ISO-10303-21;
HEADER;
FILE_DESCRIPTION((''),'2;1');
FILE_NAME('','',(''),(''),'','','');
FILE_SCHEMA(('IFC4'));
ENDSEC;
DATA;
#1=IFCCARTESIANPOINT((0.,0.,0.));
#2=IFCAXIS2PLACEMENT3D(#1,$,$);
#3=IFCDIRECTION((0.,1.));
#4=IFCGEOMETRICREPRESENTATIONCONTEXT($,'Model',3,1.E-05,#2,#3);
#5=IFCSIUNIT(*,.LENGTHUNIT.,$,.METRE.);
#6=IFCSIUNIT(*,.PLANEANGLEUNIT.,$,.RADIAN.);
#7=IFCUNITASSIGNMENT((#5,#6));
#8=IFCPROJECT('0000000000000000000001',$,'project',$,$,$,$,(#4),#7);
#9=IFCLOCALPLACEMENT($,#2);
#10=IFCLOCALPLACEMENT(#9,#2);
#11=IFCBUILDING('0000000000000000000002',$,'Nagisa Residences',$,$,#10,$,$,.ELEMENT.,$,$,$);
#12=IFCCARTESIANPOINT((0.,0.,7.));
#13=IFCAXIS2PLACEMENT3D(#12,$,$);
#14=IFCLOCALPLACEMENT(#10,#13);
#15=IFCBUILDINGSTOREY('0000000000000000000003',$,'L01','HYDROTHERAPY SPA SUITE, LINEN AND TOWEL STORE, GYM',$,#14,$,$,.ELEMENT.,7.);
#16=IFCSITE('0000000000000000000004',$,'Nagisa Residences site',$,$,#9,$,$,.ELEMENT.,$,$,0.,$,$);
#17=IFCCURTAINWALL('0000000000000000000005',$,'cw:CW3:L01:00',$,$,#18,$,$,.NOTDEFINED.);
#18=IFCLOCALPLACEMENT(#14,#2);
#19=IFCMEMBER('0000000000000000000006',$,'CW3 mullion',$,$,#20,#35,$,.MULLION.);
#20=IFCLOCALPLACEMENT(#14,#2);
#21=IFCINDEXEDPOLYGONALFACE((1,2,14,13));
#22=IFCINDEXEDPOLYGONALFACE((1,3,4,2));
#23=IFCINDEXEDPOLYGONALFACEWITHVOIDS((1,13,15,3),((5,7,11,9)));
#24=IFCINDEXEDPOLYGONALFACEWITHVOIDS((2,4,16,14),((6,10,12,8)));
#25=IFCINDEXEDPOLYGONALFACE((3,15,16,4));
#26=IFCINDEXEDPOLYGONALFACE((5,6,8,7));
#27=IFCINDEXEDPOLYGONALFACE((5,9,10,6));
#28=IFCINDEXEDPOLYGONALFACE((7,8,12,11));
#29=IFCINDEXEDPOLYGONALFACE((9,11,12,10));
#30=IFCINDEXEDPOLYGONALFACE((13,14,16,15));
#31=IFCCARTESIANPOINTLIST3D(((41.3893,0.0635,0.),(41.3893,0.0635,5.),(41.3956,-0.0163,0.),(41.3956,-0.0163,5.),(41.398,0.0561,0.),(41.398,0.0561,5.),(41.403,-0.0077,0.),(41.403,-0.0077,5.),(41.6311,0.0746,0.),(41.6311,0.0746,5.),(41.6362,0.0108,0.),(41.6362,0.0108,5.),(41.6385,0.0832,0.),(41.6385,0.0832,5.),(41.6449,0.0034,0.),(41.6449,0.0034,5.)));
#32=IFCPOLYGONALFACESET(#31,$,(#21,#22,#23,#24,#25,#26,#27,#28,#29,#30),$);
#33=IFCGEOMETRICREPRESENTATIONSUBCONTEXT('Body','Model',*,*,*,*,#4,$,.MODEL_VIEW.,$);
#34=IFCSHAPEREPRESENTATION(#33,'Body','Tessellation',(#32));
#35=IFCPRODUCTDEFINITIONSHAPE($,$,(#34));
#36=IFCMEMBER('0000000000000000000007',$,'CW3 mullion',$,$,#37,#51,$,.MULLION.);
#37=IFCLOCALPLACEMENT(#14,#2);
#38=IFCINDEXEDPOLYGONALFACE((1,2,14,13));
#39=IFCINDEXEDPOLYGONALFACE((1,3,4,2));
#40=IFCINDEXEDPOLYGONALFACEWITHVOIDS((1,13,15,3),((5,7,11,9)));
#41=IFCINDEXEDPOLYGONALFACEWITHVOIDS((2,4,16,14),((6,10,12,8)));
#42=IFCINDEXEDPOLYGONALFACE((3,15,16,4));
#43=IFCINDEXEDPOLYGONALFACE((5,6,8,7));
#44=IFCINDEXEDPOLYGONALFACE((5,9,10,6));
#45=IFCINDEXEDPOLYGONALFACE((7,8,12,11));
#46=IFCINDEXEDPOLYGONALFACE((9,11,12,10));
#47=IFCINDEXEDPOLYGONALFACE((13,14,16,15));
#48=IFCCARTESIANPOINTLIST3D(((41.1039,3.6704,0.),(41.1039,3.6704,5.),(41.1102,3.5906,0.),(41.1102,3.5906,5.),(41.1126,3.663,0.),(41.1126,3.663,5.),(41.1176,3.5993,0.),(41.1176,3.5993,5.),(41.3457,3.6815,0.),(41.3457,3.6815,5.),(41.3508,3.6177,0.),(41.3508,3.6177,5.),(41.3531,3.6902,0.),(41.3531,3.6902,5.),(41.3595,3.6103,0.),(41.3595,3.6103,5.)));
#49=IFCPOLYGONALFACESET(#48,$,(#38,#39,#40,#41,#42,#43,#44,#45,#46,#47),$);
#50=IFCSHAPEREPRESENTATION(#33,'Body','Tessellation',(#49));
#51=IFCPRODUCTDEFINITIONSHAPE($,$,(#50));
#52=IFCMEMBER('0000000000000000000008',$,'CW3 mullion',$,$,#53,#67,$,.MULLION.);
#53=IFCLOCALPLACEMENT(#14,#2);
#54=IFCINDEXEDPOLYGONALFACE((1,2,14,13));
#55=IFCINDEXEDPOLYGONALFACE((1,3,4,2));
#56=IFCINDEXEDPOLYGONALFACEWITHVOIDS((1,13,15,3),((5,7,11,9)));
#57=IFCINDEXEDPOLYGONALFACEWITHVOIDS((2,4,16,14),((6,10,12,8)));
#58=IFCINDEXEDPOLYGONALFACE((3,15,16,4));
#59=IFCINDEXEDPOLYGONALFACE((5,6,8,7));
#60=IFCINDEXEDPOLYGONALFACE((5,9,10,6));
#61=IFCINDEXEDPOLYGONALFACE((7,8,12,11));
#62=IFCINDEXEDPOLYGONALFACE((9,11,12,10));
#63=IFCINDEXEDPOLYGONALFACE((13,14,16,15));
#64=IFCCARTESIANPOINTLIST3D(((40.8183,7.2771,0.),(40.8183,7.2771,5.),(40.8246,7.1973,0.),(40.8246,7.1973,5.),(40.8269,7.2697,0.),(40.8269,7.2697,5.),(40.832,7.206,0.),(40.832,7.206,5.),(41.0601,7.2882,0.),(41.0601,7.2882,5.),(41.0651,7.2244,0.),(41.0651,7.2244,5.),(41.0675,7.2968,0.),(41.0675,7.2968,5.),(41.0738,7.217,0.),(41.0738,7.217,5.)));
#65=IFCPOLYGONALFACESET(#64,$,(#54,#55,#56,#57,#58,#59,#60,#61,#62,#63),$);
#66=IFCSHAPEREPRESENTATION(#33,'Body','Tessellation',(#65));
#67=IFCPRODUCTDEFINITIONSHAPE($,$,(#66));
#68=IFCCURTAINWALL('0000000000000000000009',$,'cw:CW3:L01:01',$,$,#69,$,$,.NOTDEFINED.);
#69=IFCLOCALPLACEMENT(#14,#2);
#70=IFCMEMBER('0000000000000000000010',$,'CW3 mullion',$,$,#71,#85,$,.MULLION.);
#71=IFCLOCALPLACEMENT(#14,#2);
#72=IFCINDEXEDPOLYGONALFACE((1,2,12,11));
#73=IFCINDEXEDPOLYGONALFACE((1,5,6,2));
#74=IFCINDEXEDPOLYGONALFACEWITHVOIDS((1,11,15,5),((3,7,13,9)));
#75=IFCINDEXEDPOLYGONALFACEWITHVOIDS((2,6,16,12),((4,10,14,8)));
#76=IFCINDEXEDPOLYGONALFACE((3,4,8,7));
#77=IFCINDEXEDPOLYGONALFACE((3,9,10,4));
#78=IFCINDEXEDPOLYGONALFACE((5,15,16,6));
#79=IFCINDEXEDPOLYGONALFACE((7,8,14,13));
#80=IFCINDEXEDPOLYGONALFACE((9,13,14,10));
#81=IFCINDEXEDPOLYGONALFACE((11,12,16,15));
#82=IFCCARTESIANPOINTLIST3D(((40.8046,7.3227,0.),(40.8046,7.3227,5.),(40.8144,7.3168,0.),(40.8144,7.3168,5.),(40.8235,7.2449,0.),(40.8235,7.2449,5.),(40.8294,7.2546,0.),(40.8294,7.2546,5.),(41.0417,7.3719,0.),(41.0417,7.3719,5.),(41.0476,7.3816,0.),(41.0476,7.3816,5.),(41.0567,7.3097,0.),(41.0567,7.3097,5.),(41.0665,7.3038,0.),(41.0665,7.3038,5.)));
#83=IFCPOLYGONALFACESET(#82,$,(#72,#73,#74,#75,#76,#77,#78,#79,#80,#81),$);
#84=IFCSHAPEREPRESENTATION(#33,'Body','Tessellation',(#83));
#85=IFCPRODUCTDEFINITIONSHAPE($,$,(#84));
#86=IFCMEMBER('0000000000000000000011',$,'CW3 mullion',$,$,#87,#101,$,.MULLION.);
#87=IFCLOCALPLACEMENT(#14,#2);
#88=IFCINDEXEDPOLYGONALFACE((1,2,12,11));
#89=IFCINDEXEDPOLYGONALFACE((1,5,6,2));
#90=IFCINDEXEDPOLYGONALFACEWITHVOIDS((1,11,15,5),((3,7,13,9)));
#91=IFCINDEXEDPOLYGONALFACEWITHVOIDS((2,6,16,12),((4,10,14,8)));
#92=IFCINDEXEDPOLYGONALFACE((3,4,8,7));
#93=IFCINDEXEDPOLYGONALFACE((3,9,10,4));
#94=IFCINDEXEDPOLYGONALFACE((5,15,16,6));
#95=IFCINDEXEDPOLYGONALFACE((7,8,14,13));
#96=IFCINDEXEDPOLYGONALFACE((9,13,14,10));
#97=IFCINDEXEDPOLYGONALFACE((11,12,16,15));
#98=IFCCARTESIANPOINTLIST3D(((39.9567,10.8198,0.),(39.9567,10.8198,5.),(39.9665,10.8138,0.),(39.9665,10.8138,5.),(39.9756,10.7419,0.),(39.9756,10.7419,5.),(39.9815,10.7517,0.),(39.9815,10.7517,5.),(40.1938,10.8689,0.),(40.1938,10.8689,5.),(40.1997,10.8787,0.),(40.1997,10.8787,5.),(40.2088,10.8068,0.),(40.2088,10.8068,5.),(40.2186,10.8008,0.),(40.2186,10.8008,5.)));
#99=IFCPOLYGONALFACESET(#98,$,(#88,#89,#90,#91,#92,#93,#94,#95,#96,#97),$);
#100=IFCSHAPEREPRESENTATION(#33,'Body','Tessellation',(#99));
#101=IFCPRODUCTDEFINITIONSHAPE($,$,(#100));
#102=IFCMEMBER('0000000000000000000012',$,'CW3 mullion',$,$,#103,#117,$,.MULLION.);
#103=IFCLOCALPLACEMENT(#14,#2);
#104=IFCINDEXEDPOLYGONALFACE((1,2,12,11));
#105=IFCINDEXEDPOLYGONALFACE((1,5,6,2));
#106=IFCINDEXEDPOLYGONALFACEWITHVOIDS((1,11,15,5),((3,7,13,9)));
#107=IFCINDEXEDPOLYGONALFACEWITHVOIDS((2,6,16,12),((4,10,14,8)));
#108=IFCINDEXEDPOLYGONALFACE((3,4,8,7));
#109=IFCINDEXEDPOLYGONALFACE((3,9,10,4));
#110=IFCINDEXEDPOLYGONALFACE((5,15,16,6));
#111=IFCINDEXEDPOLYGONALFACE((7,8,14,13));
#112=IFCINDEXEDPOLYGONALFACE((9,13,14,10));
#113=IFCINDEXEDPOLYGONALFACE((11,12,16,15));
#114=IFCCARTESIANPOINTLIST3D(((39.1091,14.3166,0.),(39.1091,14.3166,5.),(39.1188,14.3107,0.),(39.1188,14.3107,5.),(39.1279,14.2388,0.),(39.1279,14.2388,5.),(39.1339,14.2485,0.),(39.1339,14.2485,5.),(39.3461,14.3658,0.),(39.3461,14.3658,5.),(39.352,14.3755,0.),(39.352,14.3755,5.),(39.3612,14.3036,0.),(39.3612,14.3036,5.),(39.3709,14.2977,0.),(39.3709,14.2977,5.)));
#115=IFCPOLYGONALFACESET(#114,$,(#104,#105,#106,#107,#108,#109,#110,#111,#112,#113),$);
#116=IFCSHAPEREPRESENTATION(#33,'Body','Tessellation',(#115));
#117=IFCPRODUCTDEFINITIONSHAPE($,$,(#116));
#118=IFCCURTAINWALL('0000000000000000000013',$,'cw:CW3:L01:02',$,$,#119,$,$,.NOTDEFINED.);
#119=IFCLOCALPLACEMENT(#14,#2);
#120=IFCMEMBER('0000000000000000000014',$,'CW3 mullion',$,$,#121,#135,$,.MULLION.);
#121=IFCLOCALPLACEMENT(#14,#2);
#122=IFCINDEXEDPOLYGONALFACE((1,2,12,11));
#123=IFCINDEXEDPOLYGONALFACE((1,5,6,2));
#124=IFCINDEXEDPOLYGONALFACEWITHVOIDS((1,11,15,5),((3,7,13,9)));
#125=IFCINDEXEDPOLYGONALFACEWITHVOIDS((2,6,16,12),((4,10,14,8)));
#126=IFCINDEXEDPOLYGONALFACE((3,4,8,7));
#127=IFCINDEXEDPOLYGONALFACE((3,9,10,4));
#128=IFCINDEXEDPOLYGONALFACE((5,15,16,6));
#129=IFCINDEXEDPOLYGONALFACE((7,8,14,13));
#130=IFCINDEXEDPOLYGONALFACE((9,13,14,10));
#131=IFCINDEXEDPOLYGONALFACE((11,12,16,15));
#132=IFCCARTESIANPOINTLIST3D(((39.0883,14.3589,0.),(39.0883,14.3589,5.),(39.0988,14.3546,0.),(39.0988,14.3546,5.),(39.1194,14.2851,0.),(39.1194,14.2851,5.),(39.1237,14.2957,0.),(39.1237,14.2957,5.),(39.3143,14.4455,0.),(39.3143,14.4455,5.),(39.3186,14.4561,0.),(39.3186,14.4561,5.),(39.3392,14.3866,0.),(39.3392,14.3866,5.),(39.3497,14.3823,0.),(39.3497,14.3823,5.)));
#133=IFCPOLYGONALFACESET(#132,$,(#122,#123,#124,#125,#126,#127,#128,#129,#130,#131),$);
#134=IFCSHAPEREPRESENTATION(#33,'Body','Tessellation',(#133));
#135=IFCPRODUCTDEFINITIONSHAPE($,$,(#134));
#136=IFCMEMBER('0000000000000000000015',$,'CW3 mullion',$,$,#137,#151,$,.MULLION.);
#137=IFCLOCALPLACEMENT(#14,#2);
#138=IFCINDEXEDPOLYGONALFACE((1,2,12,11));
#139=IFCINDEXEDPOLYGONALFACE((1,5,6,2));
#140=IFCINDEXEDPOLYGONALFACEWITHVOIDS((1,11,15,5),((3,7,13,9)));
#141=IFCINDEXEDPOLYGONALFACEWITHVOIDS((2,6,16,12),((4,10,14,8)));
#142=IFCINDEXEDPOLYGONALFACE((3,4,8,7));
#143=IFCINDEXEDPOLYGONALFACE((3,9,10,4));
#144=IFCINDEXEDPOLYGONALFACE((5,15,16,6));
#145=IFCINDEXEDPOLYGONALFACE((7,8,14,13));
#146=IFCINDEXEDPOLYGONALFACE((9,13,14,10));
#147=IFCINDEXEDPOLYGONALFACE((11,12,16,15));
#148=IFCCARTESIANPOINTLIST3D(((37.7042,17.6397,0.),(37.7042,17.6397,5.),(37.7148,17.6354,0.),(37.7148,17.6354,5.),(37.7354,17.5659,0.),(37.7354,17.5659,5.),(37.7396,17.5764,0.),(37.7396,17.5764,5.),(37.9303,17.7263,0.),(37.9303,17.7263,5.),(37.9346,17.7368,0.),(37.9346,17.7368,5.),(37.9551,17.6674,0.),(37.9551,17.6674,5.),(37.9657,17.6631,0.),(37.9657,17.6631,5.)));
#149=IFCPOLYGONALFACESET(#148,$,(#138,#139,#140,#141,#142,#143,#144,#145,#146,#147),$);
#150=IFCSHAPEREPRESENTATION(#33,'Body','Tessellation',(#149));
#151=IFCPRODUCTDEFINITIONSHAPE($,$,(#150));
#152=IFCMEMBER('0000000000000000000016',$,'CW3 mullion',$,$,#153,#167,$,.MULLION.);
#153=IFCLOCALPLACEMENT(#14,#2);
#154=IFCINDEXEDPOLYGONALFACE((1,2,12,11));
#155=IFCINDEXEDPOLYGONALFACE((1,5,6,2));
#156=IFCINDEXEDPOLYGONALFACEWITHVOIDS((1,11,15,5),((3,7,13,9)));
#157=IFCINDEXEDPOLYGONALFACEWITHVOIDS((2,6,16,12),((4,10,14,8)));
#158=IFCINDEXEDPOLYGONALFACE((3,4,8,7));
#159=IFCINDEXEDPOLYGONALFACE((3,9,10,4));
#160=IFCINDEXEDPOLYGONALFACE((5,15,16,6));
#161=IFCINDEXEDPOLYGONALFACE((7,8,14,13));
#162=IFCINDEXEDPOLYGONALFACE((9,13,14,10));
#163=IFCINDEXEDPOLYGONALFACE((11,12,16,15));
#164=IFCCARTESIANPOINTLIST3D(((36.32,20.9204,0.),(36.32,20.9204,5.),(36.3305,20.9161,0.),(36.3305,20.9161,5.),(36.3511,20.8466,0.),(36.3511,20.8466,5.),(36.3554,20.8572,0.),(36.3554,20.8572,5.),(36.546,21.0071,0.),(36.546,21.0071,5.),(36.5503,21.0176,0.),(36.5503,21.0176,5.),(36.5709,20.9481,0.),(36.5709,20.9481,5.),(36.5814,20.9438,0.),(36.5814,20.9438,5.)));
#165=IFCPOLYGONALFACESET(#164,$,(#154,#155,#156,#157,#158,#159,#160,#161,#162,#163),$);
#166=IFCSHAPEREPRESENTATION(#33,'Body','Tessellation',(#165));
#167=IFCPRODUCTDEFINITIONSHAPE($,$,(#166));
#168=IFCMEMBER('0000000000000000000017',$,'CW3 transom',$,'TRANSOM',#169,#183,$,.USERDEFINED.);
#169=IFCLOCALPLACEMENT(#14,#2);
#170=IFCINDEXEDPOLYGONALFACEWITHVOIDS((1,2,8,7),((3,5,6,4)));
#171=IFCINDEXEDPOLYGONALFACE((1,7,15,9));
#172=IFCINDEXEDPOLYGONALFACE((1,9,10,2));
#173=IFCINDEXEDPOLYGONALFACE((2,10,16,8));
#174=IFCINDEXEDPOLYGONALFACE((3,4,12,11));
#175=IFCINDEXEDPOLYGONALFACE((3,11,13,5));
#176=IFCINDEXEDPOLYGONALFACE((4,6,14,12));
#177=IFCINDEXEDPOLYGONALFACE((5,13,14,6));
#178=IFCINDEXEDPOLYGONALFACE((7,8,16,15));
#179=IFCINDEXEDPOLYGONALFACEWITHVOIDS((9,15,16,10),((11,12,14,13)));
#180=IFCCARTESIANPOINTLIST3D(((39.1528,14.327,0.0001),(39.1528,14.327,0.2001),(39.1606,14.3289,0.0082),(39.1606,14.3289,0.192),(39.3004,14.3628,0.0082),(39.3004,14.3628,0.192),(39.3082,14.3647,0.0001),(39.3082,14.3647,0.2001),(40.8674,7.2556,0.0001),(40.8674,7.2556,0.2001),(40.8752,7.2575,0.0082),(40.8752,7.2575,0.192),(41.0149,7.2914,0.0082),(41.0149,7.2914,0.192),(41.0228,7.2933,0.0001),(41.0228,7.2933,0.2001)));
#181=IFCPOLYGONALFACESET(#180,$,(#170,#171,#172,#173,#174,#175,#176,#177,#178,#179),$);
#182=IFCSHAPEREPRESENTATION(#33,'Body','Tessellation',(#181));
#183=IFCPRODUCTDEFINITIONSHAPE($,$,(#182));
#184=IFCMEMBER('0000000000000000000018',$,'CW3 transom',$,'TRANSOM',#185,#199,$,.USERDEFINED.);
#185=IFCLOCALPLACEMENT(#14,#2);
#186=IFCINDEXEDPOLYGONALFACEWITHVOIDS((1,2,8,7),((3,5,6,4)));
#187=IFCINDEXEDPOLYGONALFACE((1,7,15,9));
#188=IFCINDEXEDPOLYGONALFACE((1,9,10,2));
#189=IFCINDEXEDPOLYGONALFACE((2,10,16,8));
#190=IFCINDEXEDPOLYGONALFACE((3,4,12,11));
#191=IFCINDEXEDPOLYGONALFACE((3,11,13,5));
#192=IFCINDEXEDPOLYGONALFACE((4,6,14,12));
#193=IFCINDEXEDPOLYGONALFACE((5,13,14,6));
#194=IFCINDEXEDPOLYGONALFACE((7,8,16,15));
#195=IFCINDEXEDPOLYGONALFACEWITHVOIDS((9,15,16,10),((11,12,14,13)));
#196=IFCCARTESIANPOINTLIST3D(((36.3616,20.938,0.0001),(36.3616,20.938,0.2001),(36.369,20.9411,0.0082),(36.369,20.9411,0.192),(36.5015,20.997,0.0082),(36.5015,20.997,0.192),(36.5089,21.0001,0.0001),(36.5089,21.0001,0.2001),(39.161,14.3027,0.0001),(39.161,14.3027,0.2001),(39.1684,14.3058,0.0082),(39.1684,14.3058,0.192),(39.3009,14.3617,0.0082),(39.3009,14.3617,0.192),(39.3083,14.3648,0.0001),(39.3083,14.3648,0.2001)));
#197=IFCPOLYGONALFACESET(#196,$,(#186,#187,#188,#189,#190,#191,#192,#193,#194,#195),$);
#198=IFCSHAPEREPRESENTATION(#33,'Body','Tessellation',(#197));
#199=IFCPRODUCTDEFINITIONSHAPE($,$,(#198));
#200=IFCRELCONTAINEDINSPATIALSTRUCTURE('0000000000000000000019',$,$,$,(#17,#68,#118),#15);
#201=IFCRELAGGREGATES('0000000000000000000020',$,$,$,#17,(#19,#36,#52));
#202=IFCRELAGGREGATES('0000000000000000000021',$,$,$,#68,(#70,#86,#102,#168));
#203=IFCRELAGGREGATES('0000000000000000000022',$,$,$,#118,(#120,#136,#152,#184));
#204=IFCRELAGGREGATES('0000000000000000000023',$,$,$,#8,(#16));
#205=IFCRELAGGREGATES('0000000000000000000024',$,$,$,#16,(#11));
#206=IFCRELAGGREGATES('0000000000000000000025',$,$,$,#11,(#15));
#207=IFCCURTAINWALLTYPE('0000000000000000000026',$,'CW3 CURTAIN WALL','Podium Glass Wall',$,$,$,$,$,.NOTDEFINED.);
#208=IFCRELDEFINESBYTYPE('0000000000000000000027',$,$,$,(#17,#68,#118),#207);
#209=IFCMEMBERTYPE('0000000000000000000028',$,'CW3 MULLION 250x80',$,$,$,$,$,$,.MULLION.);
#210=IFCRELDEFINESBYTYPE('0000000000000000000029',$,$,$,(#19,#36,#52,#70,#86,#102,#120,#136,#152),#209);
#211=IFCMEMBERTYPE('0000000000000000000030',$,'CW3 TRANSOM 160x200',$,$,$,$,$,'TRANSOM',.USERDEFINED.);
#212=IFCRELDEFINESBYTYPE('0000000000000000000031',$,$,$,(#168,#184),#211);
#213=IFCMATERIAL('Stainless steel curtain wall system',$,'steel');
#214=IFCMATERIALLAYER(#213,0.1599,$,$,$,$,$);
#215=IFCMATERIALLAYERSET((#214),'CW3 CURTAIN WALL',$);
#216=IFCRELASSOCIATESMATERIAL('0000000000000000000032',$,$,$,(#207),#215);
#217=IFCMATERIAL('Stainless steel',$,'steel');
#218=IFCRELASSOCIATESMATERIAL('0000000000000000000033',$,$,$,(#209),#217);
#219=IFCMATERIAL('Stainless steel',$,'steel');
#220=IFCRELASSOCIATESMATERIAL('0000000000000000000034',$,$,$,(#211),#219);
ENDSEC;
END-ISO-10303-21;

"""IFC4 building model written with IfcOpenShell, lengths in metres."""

from ifc_helpers import new_model, si_unit, direction, frame, origin, origin_2d, place, context, subcontext, project, spatial, hollow_rectangle, extrude, material, layer, layer_set, material_profile, profile_set, type_object, element, aggregate, save


model = new_model("IFC4")

# Units and contexts
model_context = context("Model", 3, precision=1e-05, world=origin(), true_north=direction((0.0, 1.0)))
body_context = subcontext(model_context, "Body", "Model", "MODEL_VIEW")
ifc_project = project(units=[si_unit("LENGTHUNIT", "METRE"), si_unit("PLANEANGLEUNIT", "RADIAN")], contexts=[model_context])

# Site, building, storey
site_placement = place(None, origin())
site = spatial("IfcSite", under=ifc_project, at=site_placement, Name="Nagisa Residences site", CompositionType="ELEMENT", RefElevation=0.0)
building_placement = place(site_placement, origin())
building = spatial("IfcBuilding", under=site, at=building_placement, Name="Nagisa Residences", CompositionType="ELEMENT")
storey_placement = place(building_placement, frame((0.0, 0.0, 7.0)))
storey = spatial("IfcBuildingStorey", under=building, at=storey_placement, Name="L01", Description="HYDROTHERAPY SPA SUITE, LINEN AND TOWEL STORE, GYM", CompositionType="ELEMENT", Elevation=7.0)

# Curtain walls, members
ifc_material_1 = material(Name="Stainless steel curtain wall system", Category="steel")
ifc_layer_1 = layer(ifc_material_1, 0.1599)
ifc_layer_set_1 = layer_set([ifc_layer_1], Name="CW3 CURTAIN WALL")
curtain_wall_type_1 = type_object("IfcCurtainWallType", Name="CW3 CURTAIN WALL", Description="Podium Glass Wall", PredefinedType="NOTDEFINED", material=ifc_layer_set_1)
curtain_wall_1_placement = place(storey_placement, origin())
curtain_wall_1 = element("IfcCurtainWall", 1, at=curtain_wall_1_placement, inside=storey, type_object=curtain_wall_type_1, Name="cw:CW3:L01:00", PredefinedType="NOTDEFINED")
ifc_material_2 = material(Name="Stainless steel", Category="steel")
ifc_material_profile_1 = material_profile(ifc_material_2, hollow_rectangle(XDim=0.25, YDim=0.0801, WallThickness=0.0081, at=origin_2d()), Name="CW3 MULLION 250x80")
ifc_profile_set_1 = profile_set([ifc_material_profile_1], Name="Stainless steel")
member_type_1 = type_object("IfcMemberType", Name="CW3 MULLION 250x80", PredefinedType="MULLION", material=ifc_profile_set_1)
member_1_placement = place(storey_placement, frame((41.5171, 0.0334, 0.0), z_axis=(0.0, 0.0, 1.0), x_axis=(-0.996882, -0.07891, 0.0)))
member_1 = element("IfcMember", 2, at=member_1_placement, type_object=member_type_1, Name="CW3 mullion", PredefinedType="MULLION", context=body_context, shape_type="SweptSolid", body=[
    extrude(hollow_rectangle(XDim=0.25, YDim=0.0801, WallThickness=0.0081, at=origin_2d()), origin(), (0.0, 0.0, 1.0), 5.0),
])
member_2_placement = place(storey_placement, frame((41.2317, 3.6404, 0.0), z_axis=(0.0, 0.0, 1.0), x_axis=(-0.996882, -0.07891, 0.0)))
member_2 = element("IfcMember", 3, at=member_2_placement, type_object=member_type_1, Name="CW3 mullion", PredefinedType="MULLION", context=body_context, shape_type="SweptSolid", body=[
    extrude(hollow_rectangle(XDim=0.25, YDim=0.0801, WallThickness=0.0081, at=origin_2d()), origin(), (0.0, 0.0, 1.0), 5.0),
])
member_3_placement = place(storey_placement, frame((40.946, 7.2471, 0.0), z_axis=(0.0, 0.0, 1.0), x_axis=(-0.996882, -0.07891, 0.0)))
member_3 = element("IfcMember", 4, at=member_3_placement, type_object=member_type_1, Name="CW3 mullion", PredefinedType="MULLION", context=body_context, shape_type="SweptSolid", body=[
    extrude(hollow_rectangle(XDim=0.25, YDim=0.0801, WallThickness=0.0081, at=origin_2d()), origin(), (0.0, 0.0, 1.0), 5.0),
])
curtain_wall_2_placement = place(storey_placement, origin())
curtain_wall_2 = element("IfcCurtainWall", 5, at=curtain_wall_2_placement, inside=storey, type_object=curtain_wall_type_1, Name="cw:CW3:L01:01", PredefinedType="NOTDEFINED")
member_4_placement = place(storey_placement, frame((40.9355, 7.3132, 0.0), z_axis=(0.0, 0.0, 1.0), x_axis=(-0.971849, -0.235606, 0.0)))
member_4 = element("IfcMember", 6, at=member_4_placement, type_object=member_type_1, Name="CW3 mullion", PredefinedType="MULLION", context=body_context, shape_type="SweptSolid", body=[
    extrude(hollow_rectangle(XDim=0.25, YDim=0.0801, WallThickness=0.0081, at=origin_2d()), origin(), (0.0, 0.0, 1.0), 5.0),
])
member_5_placement = place(storey_placement, frame((40.0876, 10.8103, 0.0), z_axis=(0.0, 0.0, 1.0), x_axis=(-0.971849, -0.235606, 0.0)))
member_5 = element("IfcMember", 7, at=member_5_placement, type_object=member_type_1, Name="CW3 mullion", PredefinedType="MULLION", context=body_context, shape_type="SweptSolid", body=[
    extrude(hollow_rectangle(XDim=0.25, YDim=0.0801, WallThickness=0.0081, at=origin_2d()), origin(), (0.0, 0.0, 1.0), 5.0),
])
member_6_placement = place(storey_placement, frame((39.24, 14.3071, 0.0), z_axis=(0.0, 0.0, 1.0), x_axis=(-0.971849, -0.235606, 0.0)))
member_6 = element("IfcMember", 8, at=member_6_placement, type_object=member_type_1, Name="CW3 mullion", PredefinedType="MULLION", context=body_context, shape_type="SweptSolid", body=[
    extrude(hollow_rectangle(XDim=0.25, YDim=0.0801, WallThickness=0.0081, at=origin_2d()), origin(), (0.0, 0.0, 1.0), 5.0),
])
curtain_wall_3_placement = place(storey_placement, origin())
curtain_wall_3 = element("IfcCurtainWall", 9, at=curtain_wall_3_placement, inside=storey, type_object=curtain_wall_type_1, Name="cw:CW3:L01:02", PredefinedType="NOTDEFINED")
member_7_placement = place(storey_placement, frame((39.219, 14.3706, 0.0), z_axis=(0.0, 0.0, 1.0), x_axis=(-0.921357, -0.388718, 0.0)))
member_7 = element("IfcMember", 10, at=member_7_placement, type_object=member_type_1, Name="CW3 mullion", PredefinedType="MULLION", context=body_context, shape_type="SweptSolid", body=[
    extrude(hollow_rectangle(XDim=0.25, YDim=0.0801, WallThickness=0.0081, at=origin_2d()), origin(), (0.0, 0.0, 1.0), 5.0),
])
member_8_placement = place(storey_placement, frame((37.835, 17.6514, 0.0), z_axis=(0.0, 0.0, 1.0), x_axis=(-0.921357, -0.388718, 0.0)))
member_8 = element("IfcMember", 11, at=member_8_placement, type_object=member_type_1, Name="CW3 mullion", PredefinedType="MULLION", context=body_context, shape_type="SweptSolid", body=[
    extrude(hollow_rectangle(XDim=0.25, YDim=0.0801, WallThickness=0.0081, at=origin_2d()), origin(), (0.0, 0.0, 1.0), 5.0),
])
member_9_placement = place(storey_placement, frame((36.4507, 20.9321, 0.0), z_axis=(0.0, 0.0, 1.0), x_axis=(-0.921357, -0.388718, 0.0)))
member_9 = element("IfcMember", 12, at=member_9_placement, type_object=member_type_1, Name="CW3 mullion", PredefinedType="MULLION", context=body_context, shape_type="SweptSolid", body=[
    extrude(hollow_rectangle(XDim=0.25, YDim=0.0801, WallThickness=0.0081, at=origin_2d()), origin(), (0.0, 0.0, 1.0), 5.0),
])

# Members
ifc_material_3 = material(Name="Stainless steel", Category="steel")
ifc_material_profile_2 = material_profile(ifc_material_3, hollow_rectangle(XDim=0.1599, YDim=0.2, WallThickness=0.0081, at=origin_2d()), Name="CW3 TRANSOM 160x200")
ifc_profile_set_2 = profile_set([ifc_material_profile_2], Name="Stainless steel")
member_type_2 = type_object("IfcMemberType", Name="CW3 TRANSOM 160x200", ElementType="TRANSOM", PredefinedType="USERDEFINED", material=ifc_profile_set_2)
member_10_placement = place(storey_placement, frame((40.9451, 7.2744, 0.1001), z_axis=(-0.235637, 0.971841, 0.0), x_axis=(-0.971841, -0.235637, 0.0)))
member_10 = element("IfcMember", 13, at=member_10_placement, type_object=member_type_2, Name="CW3 transom", ObjectType="TRANSOM", PredefinedType="USERDEFINED", context=body_context, shape_type="SweptSolid", body=[
    extrude(hollow_rectangle(XDim=0.1599, YDim=0.2, WallThickness=0.0081, at=origin_2d()), origin(), (0.0, 0.0, 1.0), 7.2764),
])
member_11_placement = place(storey_placement, frame((39.2346, 14.3337, 0.1001), z_axis=(-0.388709, 0.921361, 0.0), x_axis=(-0.921361, -0.388709, 0.0)))
member_11 = element("IfcMember", 14, at=member_11_placement, type_object=member_type_2, Name="CW3 transom", ObjectType="TRANSOM", PredefinedType="USERDEFINED", context=body_context, shape_type="SweptSolid", body=[
    extrude(hollow_rectangle(XDim=0.1599, YDim=0.2, WallThickness=0.0081, at=origin_2d()), origin(), (0.0, 0.0, 1.0), 7.2017),
])

aggregate(curtain_wall_1, [member_1, member_2, member_3])
aggregate(curtain_wall_2, [member_4, member_5, member_6, member_10])
aggregate(curtain_wall_3, [member_7, member_8, member_9, member_11])

save(model, "model.ifc")
